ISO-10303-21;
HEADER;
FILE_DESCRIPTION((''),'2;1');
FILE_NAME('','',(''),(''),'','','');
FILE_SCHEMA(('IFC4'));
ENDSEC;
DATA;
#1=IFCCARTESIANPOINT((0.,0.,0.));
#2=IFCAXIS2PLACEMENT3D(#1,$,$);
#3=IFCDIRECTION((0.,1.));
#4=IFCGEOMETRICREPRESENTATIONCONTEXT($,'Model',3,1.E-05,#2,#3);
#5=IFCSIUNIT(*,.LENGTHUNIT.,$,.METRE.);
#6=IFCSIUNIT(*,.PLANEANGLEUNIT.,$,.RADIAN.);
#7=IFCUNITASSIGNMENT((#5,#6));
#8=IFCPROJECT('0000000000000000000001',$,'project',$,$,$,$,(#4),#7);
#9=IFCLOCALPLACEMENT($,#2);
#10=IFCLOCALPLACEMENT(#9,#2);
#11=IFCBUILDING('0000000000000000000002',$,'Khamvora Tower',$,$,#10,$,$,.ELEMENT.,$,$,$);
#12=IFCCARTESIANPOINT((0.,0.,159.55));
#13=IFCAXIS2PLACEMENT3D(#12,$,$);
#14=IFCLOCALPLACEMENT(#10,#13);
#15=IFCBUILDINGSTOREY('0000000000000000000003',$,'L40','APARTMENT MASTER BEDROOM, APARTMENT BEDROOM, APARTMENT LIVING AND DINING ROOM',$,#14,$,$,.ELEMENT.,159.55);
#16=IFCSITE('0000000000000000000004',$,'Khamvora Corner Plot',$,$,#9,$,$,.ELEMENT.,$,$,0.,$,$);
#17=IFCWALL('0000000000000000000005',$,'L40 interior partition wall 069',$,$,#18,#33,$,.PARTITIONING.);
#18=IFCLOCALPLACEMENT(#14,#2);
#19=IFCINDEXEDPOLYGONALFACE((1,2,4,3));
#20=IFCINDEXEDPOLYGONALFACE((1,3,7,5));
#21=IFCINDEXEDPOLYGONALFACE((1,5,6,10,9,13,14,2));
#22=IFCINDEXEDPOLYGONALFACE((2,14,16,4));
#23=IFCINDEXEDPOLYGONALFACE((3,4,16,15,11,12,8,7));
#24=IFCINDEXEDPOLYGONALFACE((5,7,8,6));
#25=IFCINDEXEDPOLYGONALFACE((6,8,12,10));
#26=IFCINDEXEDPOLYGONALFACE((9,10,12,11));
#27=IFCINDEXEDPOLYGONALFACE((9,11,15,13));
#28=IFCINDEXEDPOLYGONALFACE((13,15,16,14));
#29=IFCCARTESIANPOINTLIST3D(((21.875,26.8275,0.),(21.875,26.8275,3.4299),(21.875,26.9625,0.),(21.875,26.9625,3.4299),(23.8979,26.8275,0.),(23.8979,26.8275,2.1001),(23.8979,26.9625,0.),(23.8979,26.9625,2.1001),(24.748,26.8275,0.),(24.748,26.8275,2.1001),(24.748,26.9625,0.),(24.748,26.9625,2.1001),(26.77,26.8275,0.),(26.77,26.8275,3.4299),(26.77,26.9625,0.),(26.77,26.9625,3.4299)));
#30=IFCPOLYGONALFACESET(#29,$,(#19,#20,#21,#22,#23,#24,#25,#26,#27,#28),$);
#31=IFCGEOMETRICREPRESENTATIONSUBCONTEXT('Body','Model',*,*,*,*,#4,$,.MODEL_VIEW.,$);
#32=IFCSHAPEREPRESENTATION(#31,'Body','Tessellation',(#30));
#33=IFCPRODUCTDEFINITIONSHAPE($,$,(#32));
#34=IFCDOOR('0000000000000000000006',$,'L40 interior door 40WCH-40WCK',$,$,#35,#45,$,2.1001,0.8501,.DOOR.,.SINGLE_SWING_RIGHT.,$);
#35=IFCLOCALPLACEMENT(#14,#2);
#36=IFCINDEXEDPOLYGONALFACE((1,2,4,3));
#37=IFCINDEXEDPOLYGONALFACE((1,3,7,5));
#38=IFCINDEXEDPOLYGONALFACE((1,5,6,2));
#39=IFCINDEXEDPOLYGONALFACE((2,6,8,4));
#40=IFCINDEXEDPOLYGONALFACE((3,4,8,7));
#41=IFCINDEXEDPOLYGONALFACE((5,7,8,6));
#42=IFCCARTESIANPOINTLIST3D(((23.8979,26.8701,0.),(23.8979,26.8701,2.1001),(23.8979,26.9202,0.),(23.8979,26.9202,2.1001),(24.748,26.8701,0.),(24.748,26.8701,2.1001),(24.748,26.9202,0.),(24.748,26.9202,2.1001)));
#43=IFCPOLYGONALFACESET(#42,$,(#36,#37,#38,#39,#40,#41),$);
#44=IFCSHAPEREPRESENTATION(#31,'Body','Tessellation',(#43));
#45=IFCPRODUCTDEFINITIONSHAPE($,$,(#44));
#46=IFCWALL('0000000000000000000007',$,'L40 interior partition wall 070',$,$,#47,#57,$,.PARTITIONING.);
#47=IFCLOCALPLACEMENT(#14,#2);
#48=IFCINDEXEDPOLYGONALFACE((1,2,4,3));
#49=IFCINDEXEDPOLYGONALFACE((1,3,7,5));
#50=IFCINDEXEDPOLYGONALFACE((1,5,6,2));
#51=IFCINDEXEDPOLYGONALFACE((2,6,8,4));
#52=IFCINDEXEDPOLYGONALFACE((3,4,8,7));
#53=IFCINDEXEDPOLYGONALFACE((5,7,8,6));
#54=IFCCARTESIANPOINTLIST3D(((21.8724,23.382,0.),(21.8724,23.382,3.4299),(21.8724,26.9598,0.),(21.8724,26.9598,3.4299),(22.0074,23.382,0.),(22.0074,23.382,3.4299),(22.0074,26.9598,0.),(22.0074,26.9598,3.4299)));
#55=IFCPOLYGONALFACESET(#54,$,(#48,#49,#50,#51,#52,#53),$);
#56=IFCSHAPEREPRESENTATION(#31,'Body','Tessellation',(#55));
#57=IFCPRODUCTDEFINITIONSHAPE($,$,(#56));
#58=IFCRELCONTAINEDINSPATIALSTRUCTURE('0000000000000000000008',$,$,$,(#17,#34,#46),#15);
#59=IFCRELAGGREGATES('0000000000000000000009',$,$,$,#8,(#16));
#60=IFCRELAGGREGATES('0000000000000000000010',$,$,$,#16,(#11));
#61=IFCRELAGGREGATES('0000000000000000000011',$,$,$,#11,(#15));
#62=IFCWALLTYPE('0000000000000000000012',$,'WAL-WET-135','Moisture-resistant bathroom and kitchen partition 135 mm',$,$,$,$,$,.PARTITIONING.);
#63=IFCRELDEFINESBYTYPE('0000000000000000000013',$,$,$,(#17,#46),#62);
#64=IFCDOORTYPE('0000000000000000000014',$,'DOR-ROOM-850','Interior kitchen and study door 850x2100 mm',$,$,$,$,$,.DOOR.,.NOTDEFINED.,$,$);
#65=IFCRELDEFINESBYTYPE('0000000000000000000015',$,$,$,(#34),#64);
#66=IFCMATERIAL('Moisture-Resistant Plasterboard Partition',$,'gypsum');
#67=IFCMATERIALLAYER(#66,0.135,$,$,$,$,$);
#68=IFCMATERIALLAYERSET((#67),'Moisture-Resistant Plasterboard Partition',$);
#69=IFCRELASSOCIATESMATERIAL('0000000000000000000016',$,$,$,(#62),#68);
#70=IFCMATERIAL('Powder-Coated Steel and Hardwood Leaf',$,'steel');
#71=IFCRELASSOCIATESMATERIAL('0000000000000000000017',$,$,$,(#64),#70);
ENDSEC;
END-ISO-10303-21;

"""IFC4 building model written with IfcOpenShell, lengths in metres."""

from ifc_helpers import new_model, si_unit, direction, frame, frame_2d, origin, place, context, subcontext, project, spatial, rectangle, extrude, material, layer, layer_set, type_object, element, fill, save


model = new_model("IFC4")

# Units and contexts
model_context = context("Model", 3, precision=1e-05, world=origin(), true_north=direction((0.0, 1.0)))
body_context = subcontext(model_context, "Body", "Model", "MODEL_VIEW")
ifc_project = project(units=[si_unit("LENGTHUNIT", "METRE"), si_unit("PLANEANGLEUNIT", "RADIAN")], contexts=[model_context])

# Site, building, storey
site_placement = place(None, origin())
site = spatial("IfcSite", under=ifc_project, at=site_placement, Name="Khamvora Corner Plot", CompositionType="ELEMENT", RefElevation=0.0)
building_placement = place(site_placement, origin())
building = spatial("IfcBuilding", under=site, at=building_placement, Name="Khamvora Tower", CompositionType="ELEMENT")
storey_placement = place(building_placement, frame((0.0, 0.0, 159.55)))
storey = spatial("IfcBuildingStorey", under=building, at=storey_placement, Name="L40", Description="APARTMENT MASTER BEDROOM, APARTMENT BEDROOM, APARTMENT LIVING AND DINING ROOM", CompositionType="ELEMENT", Elevation=159.55)

# Shared definitions
ifc_material_1 = material(Name="Powder-Coated Steel and Hardwood Leaf", Category="steel")

# Shared definitions
ifc_material_2 = material(Name="Moisture-Resistant Plasterboard Partition", Category="gypsum")
ifc_layer_1 = layer(ifc_material_2, 0.135)
ifc_layer_set_1 = layer_set([ifc_layer_1], Name="Moisture-Resistant Plasterboard Partition")
wall_type_1 = type_object("IfcWallType", Name="WAL-WET-135", Description="Moisture-resistant bathroom and kitchen partition 135 mm", PredefinedType="PARTITIONING", material=ifc_layer_set_1)

# Wall, opening, door
wall_1_placement = place(storey_placement, frame((26.77, 26.895, 0.0), z_axis=(0.0, 0.0, 1.0), x_axis=(-1.0, 0.0, 0.0)))
wall_1 = element("IfcWall", 1, at=wall_1_placement, inside=storey, type_object=wall_type_1, Name="L40 interior partition wall 069", PredefinedType="PARTITIONING", context=body_context, shape_type="SweptSolid", body=[
    extrude(rectangle(XDim=4.895, YDim=0.135, at=frame_2d((2.4475, 0.0))), origin(), (0.0, 0.0, 1.0), 3.4299),
])
opening_1_placement = place(wall_1_placement, frame((2.022, 0.0, 0.0)))
opening_1 = element("IfcOpeningElement", 2, at=opening_1_placement, cuts=wall_1, PredefinedType="OPENING", context=body_context, shape_type="SweptSolid", body=[
    extrude(rectangle(XDim=0.8501, YDim=2.1001, at=frame_2d((0.425, 1.05))), frame((0.0, 0.0774, 0.0), z_axis=(0.0, -1.0, 0.0), x_axis=(1.0, 0.0, 0.0)), (0.0, 0.0, 1.0), 0.155),
])
door_type_1 = type_object("IfcDoorType", Name="DOR-ROOM-850", Description="Interior kitchen and study door 850x2100 mm", OperationType="NOTDEFINED", PredefinedType="DOOR", material=ifc_material_1)
door_1_placement = place(opening_1_placement, origin())
door_1 = element("IfcDoor", 3, at=door_1_placement, inside=storey, type_object=door_type_1, Name="L40 interior door 40WCH-40WCK", OperationType="SINGLE_SWING_RIGHT", OverallHeight=2.1001, OverallWidth=0.8501, PredefinedType="DOOR", context=body_context, shape_type="SweptSolid", body=[
    extrude(rectangle(XDim=0.8501, YDim=2.1001, at=frame_2d((0.425, 1.05))), frame((0.0, 0.0249, 0.0), z_axis=(0.0, -1.0, 0.0), x_axis=(1.0, 0.0, 0.0)), (0.0, 0.0, 1.0), 0.05),
])
fill(opening_1, door_1)

# Wall
wall_2_placement = place(storey_placement, frame((21.9399, 26.96, 0.0), z_axis=(0.0, 0.0, 1.0), x_axis=(0.0, -1.0, 0.0)))
element("IfcWall", 4, at=wall_2_placement, inside=storey, type_object=wall_type_1, Name="L40 interior partition wall 070", PredefinedType="PARTITIONING", context=body_context, shape_type="SweptSolid", body=[
    extrude(rectangle(XDim=3.5779, YDim=0.135, at=frame_2d((1.7891, 0.0))), origin(), (0.0, 0.0, 1.0), 3.4299),
])

save(model, "model.ifc")
